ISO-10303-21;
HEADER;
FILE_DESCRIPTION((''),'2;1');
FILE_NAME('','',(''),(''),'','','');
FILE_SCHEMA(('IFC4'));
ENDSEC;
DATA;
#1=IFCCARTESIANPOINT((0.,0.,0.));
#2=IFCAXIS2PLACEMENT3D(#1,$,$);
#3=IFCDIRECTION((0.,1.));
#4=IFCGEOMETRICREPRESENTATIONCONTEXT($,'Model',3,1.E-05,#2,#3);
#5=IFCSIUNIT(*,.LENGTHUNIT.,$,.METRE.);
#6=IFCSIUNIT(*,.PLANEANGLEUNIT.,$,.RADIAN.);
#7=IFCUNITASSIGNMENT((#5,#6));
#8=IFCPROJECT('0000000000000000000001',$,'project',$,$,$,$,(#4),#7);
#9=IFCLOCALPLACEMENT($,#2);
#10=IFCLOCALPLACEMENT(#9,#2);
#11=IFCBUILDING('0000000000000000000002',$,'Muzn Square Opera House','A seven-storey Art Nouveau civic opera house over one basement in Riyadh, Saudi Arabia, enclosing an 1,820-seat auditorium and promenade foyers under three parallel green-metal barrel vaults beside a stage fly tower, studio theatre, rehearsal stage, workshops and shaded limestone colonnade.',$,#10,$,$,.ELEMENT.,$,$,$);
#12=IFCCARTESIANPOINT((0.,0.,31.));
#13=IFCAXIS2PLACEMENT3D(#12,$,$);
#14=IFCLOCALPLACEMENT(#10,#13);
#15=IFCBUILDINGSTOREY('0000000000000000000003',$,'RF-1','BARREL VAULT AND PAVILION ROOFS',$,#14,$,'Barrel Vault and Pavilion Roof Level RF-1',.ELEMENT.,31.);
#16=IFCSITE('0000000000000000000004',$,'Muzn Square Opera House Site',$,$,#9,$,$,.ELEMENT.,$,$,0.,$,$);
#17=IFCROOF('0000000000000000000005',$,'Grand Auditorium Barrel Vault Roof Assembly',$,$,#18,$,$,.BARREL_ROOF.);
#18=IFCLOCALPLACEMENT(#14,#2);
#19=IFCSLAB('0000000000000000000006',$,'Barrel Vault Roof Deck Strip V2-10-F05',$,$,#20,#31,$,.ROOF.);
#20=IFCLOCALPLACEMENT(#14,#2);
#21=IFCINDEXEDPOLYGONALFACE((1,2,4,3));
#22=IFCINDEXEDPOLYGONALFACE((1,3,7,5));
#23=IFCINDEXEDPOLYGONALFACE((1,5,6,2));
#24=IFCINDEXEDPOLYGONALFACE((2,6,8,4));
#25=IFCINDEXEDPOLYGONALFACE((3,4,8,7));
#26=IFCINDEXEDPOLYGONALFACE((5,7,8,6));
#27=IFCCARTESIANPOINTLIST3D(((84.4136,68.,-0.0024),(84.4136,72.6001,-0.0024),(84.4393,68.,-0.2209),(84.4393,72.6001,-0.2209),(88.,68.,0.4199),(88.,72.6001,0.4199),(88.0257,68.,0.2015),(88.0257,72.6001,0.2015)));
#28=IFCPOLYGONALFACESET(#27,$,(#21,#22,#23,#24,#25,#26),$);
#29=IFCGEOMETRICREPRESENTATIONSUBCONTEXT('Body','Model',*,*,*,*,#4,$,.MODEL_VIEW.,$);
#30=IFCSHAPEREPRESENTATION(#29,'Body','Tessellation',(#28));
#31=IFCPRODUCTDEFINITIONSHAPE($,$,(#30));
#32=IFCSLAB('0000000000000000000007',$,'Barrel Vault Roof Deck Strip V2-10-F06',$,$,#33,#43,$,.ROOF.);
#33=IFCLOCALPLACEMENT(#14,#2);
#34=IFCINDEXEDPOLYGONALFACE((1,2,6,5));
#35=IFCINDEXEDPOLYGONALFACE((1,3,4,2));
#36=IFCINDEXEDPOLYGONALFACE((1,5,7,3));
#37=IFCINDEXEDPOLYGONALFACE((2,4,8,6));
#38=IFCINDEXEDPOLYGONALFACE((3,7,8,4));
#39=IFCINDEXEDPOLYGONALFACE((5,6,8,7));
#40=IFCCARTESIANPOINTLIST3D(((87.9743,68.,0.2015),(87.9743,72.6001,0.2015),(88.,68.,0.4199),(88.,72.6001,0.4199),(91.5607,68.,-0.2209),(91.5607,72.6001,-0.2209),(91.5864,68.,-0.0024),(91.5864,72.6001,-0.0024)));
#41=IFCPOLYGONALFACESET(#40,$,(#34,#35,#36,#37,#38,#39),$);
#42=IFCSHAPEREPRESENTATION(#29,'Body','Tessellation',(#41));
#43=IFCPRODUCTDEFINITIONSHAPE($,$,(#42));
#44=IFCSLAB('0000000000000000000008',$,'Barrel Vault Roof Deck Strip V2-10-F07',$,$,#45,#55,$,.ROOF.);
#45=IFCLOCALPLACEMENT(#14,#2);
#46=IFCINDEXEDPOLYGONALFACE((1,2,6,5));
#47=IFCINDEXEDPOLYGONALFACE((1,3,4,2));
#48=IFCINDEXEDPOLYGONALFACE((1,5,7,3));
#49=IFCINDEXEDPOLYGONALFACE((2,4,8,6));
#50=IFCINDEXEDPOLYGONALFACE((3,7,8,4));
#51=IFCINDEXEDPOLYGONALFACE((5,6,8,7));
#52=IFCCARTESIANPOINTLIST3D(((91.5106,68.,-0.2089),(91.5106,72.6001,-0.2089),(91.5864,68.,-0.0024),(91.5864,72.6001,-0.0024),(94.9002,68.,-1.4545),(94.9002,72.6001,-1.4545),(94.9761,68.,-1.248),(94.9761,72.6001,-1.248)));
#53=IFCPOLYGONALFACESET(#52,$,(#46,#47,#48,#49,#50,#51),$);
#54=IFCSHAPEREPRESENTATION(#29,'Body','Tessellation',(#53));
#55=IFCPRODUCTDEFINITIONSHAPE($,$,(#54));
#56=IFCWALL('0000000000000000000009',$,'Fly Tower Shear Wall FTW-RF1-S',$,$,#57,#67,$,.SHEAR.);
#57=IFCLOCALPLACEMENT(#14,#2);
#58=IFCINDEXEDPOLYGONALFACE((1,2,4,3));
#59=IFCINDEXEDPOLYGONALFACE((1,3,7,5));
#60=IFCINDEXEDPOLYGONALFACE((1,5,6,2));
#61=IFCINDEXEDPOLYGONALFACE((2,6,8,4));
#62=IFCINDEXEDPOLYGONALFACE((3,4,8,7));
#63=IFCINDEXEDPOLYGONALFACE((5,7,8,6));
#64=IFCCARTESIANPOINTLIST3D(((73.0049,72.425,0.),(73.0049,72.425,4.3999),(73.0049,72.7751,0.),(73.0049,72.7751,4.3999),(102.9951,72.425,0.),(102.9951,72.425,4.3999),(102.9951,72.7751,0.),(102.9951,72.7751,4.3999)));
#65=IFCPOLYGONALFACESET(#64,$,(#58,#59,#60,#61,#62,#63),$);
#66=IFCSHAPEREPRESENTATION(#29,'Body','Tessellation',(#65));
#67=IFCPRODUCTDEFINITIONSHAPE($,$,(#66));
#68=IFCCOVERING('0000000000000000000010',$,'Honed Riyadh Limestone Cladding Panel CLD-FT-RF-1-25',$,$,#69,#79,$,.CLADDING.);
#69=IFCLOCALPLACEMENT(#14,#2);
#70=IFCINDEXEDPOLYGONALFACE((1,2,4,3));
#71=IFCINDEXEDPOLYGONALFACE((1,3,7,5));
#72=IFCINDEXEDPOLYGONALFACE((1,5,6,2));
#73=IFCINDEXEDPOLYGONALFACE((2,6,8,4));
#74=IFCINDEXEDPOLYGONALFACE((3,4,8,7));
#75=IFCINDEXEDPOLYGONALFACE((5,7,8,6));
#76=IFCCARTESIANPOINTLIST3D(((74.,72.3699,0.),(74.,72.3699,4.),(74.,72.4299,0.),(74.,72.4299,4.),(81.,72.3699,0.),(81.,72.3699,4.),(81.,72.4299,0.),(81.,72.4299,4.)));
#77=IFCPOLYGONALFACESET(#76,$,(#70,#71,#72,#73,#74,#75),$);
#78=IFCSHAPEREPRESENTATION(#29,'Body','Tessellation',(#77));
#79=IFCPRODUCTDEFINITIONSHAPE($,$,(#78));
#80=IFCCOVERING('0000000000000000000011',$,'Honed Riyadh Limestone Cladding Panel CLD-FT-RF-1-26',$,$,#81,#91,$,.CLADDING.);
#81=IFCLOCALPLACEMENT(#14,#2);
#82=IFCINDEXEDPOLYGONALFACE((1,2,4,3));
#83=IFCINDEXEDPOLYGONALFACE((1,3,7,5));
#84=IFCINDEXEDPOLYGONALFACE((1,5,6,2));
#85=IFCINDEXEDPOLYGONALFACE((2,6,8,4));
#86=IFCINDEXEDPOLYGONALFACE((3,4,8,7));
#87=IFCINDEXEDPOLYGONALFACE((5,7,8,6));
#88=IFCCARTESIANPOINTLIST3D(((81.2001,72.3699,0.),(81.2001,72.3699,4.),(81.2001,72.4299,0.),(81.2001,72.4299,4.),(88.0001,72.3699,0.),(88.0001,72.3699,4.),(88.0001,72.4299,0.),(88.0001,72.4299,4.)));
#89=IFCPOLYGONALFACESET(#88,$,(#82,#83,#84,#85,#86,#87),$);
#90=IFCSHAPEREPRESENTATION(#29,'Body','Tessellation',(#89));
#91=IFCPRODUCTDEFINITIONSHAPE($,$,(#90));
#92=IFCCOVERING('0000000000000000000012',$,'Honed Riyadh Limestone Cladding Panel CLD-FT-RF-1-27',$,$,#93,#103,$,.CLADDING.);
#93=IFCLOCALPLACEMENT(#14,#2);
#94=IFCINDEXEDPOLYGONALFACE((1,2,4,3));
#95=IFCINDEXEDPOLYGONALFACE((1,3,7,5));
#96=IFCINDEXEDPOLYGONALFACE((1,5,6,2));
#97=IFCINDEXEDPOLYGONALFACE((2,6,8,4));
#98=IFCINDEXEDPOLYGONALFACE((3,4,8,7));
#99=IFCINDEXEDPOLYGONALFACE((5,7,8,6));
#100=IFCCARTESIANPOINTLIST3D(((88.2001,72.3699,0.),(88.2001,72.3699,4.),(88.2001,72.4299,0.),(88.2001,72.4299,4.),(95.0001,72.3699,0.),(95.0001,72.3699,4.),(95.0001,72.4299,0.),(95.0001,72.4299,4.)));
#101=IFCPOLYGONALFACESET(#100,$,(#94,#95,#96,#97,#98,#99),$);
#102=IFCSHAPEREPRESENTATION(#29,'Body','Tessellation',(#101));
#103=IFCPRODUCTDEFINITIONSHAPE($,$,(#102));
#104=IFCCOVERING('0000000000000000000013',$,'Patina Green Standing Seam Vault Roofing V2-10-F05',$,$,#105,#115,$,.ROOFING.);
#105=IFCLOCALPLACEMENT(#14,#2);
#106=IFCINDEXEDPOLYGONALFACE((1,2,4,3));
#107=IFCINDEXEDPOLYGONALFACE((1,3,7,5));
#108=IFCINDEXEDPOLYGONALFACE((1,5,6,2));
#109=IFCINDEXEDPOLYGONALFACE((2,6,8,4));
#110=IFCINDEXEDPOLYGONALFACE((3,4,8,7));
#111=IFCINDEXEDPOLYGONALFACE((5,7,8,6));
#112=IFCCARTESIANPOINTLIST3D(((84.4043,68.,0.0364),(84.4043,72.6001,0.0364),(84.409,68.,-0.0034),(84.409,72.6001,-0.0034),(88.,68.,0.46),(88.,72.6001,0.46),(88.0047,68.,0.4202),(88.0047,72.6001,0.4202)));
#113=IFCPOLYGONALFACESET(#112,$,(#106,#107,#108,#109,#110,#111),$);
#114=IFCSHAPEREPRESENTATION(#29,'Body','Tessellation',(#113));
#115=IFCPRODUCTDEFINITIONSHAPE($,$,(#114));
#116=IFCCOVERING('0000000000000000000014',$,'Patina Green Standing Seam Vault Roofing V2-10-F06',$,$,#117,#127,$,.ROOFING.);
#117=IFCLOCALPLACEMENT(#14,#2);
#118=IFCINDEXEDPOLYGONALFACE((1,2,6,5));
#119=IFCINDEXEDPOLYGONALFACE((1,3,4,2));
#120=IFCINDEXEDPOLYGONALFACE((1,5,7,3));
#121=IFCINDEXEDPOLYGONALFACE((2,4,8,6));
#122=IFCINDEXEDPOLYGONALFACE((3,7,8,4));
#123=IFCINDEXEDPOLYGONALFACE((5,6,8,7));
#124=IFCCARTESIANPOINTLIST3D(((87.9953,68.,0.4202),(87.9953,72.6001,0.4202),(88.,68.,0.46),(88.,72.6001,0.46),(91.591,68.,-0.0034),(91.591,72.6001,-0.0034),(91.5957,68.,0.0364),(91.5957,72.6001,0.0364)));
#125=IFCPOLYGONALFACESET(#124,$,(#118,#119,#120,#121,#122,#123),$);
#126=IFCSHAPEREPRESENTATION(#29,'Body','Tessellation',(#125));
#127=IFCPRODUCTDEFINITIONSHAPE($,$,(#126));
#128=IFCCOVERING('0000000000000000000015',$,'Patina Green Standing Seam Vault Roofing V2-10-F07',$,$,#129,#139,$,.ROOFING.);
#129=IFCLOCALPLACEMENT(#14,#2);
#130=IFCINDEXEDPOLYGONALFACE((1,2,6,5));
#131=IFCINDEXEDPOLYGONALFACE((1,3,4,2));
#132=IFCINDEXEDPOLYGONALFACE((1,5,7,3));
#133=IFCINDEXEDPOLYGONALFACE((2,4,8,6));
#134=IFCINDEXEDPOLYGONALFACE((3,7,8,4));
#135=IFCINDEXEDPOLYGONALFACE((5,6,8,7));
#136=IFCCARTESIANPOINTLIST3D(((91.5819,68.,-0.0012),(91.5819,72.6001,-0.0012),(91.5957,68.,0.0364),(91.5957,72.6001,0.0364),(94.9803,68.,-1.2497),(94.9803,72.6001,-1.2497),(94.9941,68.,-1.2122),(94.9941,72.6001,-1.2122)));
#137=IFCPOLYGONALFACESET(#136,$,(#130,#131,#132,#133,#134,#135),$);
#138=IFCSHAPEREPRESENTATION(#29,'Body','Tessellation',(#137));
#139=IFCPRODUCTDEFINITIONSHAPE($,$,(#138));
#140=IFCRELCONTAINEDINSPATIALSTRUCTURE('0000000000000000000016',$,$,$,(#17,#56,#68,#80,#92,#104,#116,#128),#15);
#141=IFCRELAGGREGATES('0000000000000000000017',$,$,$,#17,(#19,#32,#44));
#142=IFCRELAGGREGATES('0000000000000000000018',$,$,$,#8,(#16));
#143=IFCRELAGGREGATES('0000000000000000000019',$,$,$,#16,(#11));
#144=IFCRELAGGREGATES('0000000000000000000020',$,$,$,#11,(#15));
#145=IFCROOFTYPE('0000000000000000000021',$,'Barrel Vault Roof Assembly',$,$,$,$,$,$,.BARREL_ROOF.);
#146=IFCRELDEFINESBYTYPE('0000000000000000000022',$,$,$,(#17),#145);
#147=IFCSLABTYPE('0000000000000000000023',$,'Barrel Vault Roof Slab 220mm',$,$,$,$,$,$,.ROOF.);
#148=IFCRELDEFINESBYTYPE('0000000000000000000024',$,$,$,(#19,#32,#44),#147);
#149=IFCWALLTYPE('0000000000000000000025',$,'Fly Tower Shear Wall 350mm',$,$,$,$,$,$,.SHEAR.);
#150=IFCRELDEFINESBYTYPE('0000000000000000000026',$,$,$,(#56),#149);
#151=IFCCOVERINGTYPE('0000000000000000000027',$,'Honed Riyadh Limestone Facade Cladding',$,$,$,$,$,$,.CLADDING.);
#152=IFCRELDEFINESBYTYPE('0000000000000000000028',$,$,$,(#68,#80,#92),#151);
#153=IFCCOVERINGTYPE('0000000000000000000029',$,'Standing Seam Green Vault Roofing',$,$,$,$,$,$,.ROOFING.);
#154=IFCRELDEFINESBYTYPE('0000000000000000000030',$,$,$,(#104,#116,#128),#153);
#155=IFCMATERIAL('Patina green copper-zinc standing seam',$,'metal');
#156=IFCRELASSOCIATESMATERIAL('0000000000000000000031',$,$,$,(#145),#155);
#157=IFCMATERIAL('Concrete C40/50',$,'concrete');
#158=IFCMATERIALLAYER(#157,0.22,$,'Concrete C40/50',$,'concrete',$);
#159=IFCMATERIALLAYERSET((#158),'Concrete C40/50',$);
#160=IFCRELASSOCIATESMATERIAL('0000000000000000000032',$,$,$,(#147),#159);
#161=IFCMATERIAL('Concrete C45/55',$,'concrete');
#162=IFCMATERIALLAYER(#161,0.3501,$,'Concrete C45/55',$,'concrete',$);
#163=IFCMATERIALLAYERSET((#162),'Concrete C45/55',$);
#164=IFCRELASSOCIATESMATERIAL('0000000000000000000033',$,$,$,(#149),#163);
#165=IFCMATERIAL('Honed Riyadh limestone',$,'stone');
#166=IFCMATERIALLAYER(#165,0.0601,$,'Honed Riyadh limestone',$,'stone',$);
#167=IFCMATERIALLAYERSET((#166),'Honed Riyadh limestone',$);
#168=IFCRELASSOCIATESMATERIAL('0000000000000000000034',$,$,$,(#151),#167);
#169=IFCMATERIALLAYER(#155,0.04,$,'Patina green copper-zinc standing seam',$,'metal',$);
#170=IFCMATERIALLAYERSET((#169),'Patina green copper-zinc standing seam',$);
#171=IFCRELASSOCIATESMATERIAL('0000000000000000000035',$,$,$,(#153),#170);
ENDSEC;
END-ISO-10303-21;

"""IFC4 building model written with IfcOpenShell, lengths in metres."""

from ifc_helpers import new_model, si_unit, direction, frame, frame_2d, origin, origin_2d, place, context, subcontext, project, spatial, polyline, rectangle, outline, extrude, material, layer, layer_set, type_object, element, aggregate, save


model = new_model("IFC4")

# Units and contexts
model_context = context("Model", 3, precision=1e-05, world=origin(), true_north=direction((0.0, 1.0)))
body_context = subcontext(model_context, "Body", "Model", "MODEL_VIEW")
ifc_project = project(units=[si_unit("LENGTHUNIT", "METRE"), si_unit("PLANEANGLEUNIT", "RADIAN")], contexts=[model_context])

# Site, building, storey
site_placement = place(None, origin())
site = spatial("IfcSite", under=ifc_project, at=site_placement, Name="Muzn Square Opera House Site", CompositionType="ELEMENT", RefElevation=0.0)
building_placement = place(site_placement, origin())
building = spatial("IfcBuilding", under=site, at=building_placement, Name="Muzn Square Opera House", Description="A seven-storey Art Nouveau civic opera house over one basement in Riyadh, Saudi Arabia, enclosing an 1,820-seat auditorium and promenade foyers under three parallel green-metal barrel vaults beside a stage fly tower, studio theatre, rehearsal stage, workshops and shaded limestone colonnade.", CompositionType="ELEMENT")
storey_placement = place(building_placement, frame((0.0, 0.0, 31.0)))
storey = spatial("IfcBuildingStorey", under=building, at=storey_placement, Name="RF-1", Description="BARREL VAULT AND PAVILION ROOFS", LongName="Barrel Vault and Pavilion Roof Level RF-1", CompositionType="ELEMENT", Elevation=31.0)

# Roof, slabs
ifc_material_1 = material(Name="Patina green copper-zinc standing seam", Category="metal")
roof_type = type_object("IfcRoofType", Name="Barrel Vault Roof Assembly", PredefinedType="BARREL_ROOF", material=ifc_material_1)
roof_placement = place(storey_placement, origin())
roof = element("IfcRoof", 1, at=roof_placement, inside=storey, type_object=roof_type, Name="Grand Auditorium Barrel Vault Roof Assembly", PredefinedType="BARREL_ROOF")
ifc_material_2 = material(Name="Concrete C40/50", Category="concrete")
ifc_layer_1 = layer(ifc_material_2, 0.22, Name="Concrete C40/50", Category="concrete")
ifc_layer_set_1 = layer_set([ifc_layer_1], Name="Concrete C40/50")
slab_type = type_object("IfcSlabType", Name="Barrel Vault Roof Slab 220mm", PredefinedType="ROOF", material=ifc_layer_set_1)
slab_1_placement = place(storey_placement, frame((88.0, 68.0, 0.4199), z_axis=(-0.116959, 0.0, 0.993137), x_axis=(0.0, 1.0, 0.0)))
slab_1 = element("IfcSlab", 2, at=slab_1_placement, type_object=slab_type, Name="Barrel Vault Roof Deck Strip V2-10-F05", PredefinedType="ROOF", context=body_context, shape_type="SweptSolid", body=[
    extrude(outline(polyline([(0.0, 3.6112), (0.0, 0.0), (4.6001, 0.0), (4.6001, 3.6112), (0.0, 3.6112)])), origin(), (0.0, 0.0, -1.0), 0.22),
])
slab_2_placement = place(storey_placement, frame((88.0, 68.0, 0.4199), z_axis=(0.116959, 0.0, 0.993137), x_axis=(0.993137, 0.0, -0.116959)))
slab_2 = element("IfcSlab", 3, at=slab_2_placement, type_object=slab_type, Name="Barrel Vault Roof Deck Strip V2-10-F06", PredefinedType="ROOF", context=body_context, shape_type="SweptSolid", body=[
    extrude(outline(polyline([(0.0, 0.0), (3.6112, 0.0), (3.6112, 4.6001), (0.0, 4.6001), (0.0, 0.0)])), origin(), (0.0, 0.0, -1.0), 0.22),
])
slab_3_placement = place(storey_placement, frame((91.5864, 68.0, -0.0024), z_axis=(0.344922, 0.0, 0.938631), x_axis=(0.938631, 0.0, -0.344922)))
slab_3 = element("IfcSlab", 4, at=slab_3_placement, type_object=slab_type, Name="Barrel Vault Roof Deck Strip V2-10-F07", PredefinedType="ROOF", context=body_context, shape_type="SweptSolid", body=[
    extrude(outline(polyline([(0.0, 0.0), (3.6113, 0.0), (3.6113, 4.6001), (0.0, 4.6001), (0.0, 0.0)])), origin(), (0.0, 0.0, -1.0), 0.22),
])
aggregate(roof, [slab_1, slab_2, slab_3])

# Wall
ifc_material_3 = material(Name="Concrete C45/55", Category="concrete")
ifc_layer_2 = layer(ifc_material_3, 0.3501, Name="Concrete C45/55", Category="concrete")
ifc_layer_set_2 = layer_set([ifc_layer_2], Name="Concrete C45/55")
wall_type = type_object("IfcWallType", Name="Fly Tower Shear Wall 350mm", PredefinedType="SHEAR", material=ifc_layer_set_2)
wall_placement = place(storey_placement, frame((73.0049, 72.6001, 0.0), z_axis=(0.0, 0.0, 1.0), x_axis=(1.0, 0.0, 0.0)))
element("IfcWall", 5, at=wall_placement, inside=storey, type_object=wall_type, Name="Fly Tower Shear Wall FTW-RF1-S", PredefinedType="SHEAR", context=body_context, shape_type="SweptSolid", body=[
    extrude(rectangle(XDim=29.9902, YDim=0.3501, at=frame_2d((14.9951, 0.0))), origin(), (0.0, 0.0, 1.0), 4.3999),
])

# Coverings
ifc_material_4 = material(Name="Honed Riyadh limestone", Category="stone")
ifc_layer_3 = layer(ifc_material_4, 0.0601, Name="Honed Riyadh limestone", Category="stone")
ifc_layer_set_3 = layer_set([ifc_layer_3], Name="Honed Riyadh limestone")
covering_type_1 = type_object("IfcCoveringType", Name="Honed Riyadh Limestone Facade Cladding", PredefinedType="CLADDING", material=ifc_layer_set_3)
covering_1_placement = place(storey_placement, frame((77.5, 72.3999, 0.0), z_axis=(0.0, 0.0, 1.0), x_axis=(1.0, 0.0, 0.0)))
element("IfcCovering", 6, at=covering_1_placement, inside=storey, type_object=covering_type_1, Name="Honed Riyadh Limestone Cladding Panel CLD-FT-RF-1-25", PredefinedType="CLADDING", context=body_context, shape_type="SweptSolid", body=[
    extrude(rectangle(XDim=7.0, YDim=0.0601, at=origin_2d()), origin(), (0.0, 0.0, 1.0), 4.0),
])
for number, where, z_axis, x_axis, name in (
    (7, (84.6001, 72.3999, 0.0), (0.0, 0.0, 1.0), (1.0, 0.0, 0.0), "Honed Riyadh Limestone Cladding Panel CLD-FT-RF-1-26"),
    (8, (91.6001, 72.3999, 0.0), (0.0, 0.0, 1.0), (1.0, 0.0, 0.0), "Honed Riyadh Limestone Cladding Panel CLD-FT-RF-1-27"),
):
    element("IfcCovering", number, at=place(storey_placement, frame(where, z_axis=z_axis, x_axis=x_axis)), inside=storey, type_object=covering_type_1, Name=name, PredefinedType="CLADDING", context=body_context, shape_type="SweptSolid", body=[
        extrude(rectangle(XDim=6.8, YDim=0.0601, at=origin_2d()), origin(), (0.0, 0.0, 1.0), 4.0),
    ])
ifc_layer_4 = layer(ifc_material_1, 0.04, Name="Patina green copper-zinc standing seam", Category="metal")
ifc_layer_set_4 = layer_set([ifc_layer_4], Name="Patina green copper-zinc standing seam")
covering_type_2 = type_object("IfcCoveringType", Name="Standing Seam Green Vault Roofing", PredefinedType="ROOFING", material=ifc_layer_set_4)
covering_2_placement = place(storey_placement, frame((88.0, 68.0, 0.46), z_axis=(-0.116994, 0.0, 0.993133), x_axis=(0.0, 1.0, 0.0)))
element("IfcCovering", 9, at=covering_2_placement, inside=storey, type_object=covering_type_2, Name="Patina Green Standing Seam Vault Roofing V2-10-F05", PredefinedType="ROOFING", context=body_context, shape_type="SweptSolid", body=[
    extrude(outline(polyline([(0.0, 3.6206), (0.0, 0.0), (4.6001, 0.0), (4.6001, 3.6206), (0.0, 3.6206)])), origin(), (0.0, 0.0, -1.0), 0.04),
])
covering_3_placement = place(storey_placement, frame((88.0, 68.0, 0.46), z_axis=(0.116994, 0.0, 0.993133), x_axis=(0.993133, 0.0, -0.116994)))
element("IfcCovering", 10, at=covering_3_placement, inside=storey, type_object=covering_type_2, Name="Patina Green Standing Seam Vault Roofing V2-10-F06", PredefinedType="ROOFING", context=body_context, shape_type="SweptSolid", body=[
    extrude(outline(polyline([(0.0, 0.0), (3.6206, 0.0), (3.6206, 4.6001), (0.0, 4.6001), (0.0, 0.0)])), origin(), (0.0, 0.0, -1.0), 0.04),
])
covering_4_placement = place(storey_placement, frame((91.5957, 68.0, 0.0364), z_axis=(0.344849, 0.0, 0.938658), x_axis=(0.938658, 0.0, -0.344849)))
element("IfcCovering", 11, at=covering_4_placement, inside=storey, type_object=covering_type_2, Name="Patina Green Standing Seam Vault Roofing V2-10-F07", PredefinedType="ROOFING", context=body_context, shape_type="SweptSolid", body=[
    extrude(outline(polyline([(0.0, 0.0), (3.6205, 0.0), (3.6205, 4.6001), (0.0, 4.6001), (0.0, 0.0)])), origin(), (0.0, 0.0, -1.0), 0.04),
])

save(model, "model.ifc")
